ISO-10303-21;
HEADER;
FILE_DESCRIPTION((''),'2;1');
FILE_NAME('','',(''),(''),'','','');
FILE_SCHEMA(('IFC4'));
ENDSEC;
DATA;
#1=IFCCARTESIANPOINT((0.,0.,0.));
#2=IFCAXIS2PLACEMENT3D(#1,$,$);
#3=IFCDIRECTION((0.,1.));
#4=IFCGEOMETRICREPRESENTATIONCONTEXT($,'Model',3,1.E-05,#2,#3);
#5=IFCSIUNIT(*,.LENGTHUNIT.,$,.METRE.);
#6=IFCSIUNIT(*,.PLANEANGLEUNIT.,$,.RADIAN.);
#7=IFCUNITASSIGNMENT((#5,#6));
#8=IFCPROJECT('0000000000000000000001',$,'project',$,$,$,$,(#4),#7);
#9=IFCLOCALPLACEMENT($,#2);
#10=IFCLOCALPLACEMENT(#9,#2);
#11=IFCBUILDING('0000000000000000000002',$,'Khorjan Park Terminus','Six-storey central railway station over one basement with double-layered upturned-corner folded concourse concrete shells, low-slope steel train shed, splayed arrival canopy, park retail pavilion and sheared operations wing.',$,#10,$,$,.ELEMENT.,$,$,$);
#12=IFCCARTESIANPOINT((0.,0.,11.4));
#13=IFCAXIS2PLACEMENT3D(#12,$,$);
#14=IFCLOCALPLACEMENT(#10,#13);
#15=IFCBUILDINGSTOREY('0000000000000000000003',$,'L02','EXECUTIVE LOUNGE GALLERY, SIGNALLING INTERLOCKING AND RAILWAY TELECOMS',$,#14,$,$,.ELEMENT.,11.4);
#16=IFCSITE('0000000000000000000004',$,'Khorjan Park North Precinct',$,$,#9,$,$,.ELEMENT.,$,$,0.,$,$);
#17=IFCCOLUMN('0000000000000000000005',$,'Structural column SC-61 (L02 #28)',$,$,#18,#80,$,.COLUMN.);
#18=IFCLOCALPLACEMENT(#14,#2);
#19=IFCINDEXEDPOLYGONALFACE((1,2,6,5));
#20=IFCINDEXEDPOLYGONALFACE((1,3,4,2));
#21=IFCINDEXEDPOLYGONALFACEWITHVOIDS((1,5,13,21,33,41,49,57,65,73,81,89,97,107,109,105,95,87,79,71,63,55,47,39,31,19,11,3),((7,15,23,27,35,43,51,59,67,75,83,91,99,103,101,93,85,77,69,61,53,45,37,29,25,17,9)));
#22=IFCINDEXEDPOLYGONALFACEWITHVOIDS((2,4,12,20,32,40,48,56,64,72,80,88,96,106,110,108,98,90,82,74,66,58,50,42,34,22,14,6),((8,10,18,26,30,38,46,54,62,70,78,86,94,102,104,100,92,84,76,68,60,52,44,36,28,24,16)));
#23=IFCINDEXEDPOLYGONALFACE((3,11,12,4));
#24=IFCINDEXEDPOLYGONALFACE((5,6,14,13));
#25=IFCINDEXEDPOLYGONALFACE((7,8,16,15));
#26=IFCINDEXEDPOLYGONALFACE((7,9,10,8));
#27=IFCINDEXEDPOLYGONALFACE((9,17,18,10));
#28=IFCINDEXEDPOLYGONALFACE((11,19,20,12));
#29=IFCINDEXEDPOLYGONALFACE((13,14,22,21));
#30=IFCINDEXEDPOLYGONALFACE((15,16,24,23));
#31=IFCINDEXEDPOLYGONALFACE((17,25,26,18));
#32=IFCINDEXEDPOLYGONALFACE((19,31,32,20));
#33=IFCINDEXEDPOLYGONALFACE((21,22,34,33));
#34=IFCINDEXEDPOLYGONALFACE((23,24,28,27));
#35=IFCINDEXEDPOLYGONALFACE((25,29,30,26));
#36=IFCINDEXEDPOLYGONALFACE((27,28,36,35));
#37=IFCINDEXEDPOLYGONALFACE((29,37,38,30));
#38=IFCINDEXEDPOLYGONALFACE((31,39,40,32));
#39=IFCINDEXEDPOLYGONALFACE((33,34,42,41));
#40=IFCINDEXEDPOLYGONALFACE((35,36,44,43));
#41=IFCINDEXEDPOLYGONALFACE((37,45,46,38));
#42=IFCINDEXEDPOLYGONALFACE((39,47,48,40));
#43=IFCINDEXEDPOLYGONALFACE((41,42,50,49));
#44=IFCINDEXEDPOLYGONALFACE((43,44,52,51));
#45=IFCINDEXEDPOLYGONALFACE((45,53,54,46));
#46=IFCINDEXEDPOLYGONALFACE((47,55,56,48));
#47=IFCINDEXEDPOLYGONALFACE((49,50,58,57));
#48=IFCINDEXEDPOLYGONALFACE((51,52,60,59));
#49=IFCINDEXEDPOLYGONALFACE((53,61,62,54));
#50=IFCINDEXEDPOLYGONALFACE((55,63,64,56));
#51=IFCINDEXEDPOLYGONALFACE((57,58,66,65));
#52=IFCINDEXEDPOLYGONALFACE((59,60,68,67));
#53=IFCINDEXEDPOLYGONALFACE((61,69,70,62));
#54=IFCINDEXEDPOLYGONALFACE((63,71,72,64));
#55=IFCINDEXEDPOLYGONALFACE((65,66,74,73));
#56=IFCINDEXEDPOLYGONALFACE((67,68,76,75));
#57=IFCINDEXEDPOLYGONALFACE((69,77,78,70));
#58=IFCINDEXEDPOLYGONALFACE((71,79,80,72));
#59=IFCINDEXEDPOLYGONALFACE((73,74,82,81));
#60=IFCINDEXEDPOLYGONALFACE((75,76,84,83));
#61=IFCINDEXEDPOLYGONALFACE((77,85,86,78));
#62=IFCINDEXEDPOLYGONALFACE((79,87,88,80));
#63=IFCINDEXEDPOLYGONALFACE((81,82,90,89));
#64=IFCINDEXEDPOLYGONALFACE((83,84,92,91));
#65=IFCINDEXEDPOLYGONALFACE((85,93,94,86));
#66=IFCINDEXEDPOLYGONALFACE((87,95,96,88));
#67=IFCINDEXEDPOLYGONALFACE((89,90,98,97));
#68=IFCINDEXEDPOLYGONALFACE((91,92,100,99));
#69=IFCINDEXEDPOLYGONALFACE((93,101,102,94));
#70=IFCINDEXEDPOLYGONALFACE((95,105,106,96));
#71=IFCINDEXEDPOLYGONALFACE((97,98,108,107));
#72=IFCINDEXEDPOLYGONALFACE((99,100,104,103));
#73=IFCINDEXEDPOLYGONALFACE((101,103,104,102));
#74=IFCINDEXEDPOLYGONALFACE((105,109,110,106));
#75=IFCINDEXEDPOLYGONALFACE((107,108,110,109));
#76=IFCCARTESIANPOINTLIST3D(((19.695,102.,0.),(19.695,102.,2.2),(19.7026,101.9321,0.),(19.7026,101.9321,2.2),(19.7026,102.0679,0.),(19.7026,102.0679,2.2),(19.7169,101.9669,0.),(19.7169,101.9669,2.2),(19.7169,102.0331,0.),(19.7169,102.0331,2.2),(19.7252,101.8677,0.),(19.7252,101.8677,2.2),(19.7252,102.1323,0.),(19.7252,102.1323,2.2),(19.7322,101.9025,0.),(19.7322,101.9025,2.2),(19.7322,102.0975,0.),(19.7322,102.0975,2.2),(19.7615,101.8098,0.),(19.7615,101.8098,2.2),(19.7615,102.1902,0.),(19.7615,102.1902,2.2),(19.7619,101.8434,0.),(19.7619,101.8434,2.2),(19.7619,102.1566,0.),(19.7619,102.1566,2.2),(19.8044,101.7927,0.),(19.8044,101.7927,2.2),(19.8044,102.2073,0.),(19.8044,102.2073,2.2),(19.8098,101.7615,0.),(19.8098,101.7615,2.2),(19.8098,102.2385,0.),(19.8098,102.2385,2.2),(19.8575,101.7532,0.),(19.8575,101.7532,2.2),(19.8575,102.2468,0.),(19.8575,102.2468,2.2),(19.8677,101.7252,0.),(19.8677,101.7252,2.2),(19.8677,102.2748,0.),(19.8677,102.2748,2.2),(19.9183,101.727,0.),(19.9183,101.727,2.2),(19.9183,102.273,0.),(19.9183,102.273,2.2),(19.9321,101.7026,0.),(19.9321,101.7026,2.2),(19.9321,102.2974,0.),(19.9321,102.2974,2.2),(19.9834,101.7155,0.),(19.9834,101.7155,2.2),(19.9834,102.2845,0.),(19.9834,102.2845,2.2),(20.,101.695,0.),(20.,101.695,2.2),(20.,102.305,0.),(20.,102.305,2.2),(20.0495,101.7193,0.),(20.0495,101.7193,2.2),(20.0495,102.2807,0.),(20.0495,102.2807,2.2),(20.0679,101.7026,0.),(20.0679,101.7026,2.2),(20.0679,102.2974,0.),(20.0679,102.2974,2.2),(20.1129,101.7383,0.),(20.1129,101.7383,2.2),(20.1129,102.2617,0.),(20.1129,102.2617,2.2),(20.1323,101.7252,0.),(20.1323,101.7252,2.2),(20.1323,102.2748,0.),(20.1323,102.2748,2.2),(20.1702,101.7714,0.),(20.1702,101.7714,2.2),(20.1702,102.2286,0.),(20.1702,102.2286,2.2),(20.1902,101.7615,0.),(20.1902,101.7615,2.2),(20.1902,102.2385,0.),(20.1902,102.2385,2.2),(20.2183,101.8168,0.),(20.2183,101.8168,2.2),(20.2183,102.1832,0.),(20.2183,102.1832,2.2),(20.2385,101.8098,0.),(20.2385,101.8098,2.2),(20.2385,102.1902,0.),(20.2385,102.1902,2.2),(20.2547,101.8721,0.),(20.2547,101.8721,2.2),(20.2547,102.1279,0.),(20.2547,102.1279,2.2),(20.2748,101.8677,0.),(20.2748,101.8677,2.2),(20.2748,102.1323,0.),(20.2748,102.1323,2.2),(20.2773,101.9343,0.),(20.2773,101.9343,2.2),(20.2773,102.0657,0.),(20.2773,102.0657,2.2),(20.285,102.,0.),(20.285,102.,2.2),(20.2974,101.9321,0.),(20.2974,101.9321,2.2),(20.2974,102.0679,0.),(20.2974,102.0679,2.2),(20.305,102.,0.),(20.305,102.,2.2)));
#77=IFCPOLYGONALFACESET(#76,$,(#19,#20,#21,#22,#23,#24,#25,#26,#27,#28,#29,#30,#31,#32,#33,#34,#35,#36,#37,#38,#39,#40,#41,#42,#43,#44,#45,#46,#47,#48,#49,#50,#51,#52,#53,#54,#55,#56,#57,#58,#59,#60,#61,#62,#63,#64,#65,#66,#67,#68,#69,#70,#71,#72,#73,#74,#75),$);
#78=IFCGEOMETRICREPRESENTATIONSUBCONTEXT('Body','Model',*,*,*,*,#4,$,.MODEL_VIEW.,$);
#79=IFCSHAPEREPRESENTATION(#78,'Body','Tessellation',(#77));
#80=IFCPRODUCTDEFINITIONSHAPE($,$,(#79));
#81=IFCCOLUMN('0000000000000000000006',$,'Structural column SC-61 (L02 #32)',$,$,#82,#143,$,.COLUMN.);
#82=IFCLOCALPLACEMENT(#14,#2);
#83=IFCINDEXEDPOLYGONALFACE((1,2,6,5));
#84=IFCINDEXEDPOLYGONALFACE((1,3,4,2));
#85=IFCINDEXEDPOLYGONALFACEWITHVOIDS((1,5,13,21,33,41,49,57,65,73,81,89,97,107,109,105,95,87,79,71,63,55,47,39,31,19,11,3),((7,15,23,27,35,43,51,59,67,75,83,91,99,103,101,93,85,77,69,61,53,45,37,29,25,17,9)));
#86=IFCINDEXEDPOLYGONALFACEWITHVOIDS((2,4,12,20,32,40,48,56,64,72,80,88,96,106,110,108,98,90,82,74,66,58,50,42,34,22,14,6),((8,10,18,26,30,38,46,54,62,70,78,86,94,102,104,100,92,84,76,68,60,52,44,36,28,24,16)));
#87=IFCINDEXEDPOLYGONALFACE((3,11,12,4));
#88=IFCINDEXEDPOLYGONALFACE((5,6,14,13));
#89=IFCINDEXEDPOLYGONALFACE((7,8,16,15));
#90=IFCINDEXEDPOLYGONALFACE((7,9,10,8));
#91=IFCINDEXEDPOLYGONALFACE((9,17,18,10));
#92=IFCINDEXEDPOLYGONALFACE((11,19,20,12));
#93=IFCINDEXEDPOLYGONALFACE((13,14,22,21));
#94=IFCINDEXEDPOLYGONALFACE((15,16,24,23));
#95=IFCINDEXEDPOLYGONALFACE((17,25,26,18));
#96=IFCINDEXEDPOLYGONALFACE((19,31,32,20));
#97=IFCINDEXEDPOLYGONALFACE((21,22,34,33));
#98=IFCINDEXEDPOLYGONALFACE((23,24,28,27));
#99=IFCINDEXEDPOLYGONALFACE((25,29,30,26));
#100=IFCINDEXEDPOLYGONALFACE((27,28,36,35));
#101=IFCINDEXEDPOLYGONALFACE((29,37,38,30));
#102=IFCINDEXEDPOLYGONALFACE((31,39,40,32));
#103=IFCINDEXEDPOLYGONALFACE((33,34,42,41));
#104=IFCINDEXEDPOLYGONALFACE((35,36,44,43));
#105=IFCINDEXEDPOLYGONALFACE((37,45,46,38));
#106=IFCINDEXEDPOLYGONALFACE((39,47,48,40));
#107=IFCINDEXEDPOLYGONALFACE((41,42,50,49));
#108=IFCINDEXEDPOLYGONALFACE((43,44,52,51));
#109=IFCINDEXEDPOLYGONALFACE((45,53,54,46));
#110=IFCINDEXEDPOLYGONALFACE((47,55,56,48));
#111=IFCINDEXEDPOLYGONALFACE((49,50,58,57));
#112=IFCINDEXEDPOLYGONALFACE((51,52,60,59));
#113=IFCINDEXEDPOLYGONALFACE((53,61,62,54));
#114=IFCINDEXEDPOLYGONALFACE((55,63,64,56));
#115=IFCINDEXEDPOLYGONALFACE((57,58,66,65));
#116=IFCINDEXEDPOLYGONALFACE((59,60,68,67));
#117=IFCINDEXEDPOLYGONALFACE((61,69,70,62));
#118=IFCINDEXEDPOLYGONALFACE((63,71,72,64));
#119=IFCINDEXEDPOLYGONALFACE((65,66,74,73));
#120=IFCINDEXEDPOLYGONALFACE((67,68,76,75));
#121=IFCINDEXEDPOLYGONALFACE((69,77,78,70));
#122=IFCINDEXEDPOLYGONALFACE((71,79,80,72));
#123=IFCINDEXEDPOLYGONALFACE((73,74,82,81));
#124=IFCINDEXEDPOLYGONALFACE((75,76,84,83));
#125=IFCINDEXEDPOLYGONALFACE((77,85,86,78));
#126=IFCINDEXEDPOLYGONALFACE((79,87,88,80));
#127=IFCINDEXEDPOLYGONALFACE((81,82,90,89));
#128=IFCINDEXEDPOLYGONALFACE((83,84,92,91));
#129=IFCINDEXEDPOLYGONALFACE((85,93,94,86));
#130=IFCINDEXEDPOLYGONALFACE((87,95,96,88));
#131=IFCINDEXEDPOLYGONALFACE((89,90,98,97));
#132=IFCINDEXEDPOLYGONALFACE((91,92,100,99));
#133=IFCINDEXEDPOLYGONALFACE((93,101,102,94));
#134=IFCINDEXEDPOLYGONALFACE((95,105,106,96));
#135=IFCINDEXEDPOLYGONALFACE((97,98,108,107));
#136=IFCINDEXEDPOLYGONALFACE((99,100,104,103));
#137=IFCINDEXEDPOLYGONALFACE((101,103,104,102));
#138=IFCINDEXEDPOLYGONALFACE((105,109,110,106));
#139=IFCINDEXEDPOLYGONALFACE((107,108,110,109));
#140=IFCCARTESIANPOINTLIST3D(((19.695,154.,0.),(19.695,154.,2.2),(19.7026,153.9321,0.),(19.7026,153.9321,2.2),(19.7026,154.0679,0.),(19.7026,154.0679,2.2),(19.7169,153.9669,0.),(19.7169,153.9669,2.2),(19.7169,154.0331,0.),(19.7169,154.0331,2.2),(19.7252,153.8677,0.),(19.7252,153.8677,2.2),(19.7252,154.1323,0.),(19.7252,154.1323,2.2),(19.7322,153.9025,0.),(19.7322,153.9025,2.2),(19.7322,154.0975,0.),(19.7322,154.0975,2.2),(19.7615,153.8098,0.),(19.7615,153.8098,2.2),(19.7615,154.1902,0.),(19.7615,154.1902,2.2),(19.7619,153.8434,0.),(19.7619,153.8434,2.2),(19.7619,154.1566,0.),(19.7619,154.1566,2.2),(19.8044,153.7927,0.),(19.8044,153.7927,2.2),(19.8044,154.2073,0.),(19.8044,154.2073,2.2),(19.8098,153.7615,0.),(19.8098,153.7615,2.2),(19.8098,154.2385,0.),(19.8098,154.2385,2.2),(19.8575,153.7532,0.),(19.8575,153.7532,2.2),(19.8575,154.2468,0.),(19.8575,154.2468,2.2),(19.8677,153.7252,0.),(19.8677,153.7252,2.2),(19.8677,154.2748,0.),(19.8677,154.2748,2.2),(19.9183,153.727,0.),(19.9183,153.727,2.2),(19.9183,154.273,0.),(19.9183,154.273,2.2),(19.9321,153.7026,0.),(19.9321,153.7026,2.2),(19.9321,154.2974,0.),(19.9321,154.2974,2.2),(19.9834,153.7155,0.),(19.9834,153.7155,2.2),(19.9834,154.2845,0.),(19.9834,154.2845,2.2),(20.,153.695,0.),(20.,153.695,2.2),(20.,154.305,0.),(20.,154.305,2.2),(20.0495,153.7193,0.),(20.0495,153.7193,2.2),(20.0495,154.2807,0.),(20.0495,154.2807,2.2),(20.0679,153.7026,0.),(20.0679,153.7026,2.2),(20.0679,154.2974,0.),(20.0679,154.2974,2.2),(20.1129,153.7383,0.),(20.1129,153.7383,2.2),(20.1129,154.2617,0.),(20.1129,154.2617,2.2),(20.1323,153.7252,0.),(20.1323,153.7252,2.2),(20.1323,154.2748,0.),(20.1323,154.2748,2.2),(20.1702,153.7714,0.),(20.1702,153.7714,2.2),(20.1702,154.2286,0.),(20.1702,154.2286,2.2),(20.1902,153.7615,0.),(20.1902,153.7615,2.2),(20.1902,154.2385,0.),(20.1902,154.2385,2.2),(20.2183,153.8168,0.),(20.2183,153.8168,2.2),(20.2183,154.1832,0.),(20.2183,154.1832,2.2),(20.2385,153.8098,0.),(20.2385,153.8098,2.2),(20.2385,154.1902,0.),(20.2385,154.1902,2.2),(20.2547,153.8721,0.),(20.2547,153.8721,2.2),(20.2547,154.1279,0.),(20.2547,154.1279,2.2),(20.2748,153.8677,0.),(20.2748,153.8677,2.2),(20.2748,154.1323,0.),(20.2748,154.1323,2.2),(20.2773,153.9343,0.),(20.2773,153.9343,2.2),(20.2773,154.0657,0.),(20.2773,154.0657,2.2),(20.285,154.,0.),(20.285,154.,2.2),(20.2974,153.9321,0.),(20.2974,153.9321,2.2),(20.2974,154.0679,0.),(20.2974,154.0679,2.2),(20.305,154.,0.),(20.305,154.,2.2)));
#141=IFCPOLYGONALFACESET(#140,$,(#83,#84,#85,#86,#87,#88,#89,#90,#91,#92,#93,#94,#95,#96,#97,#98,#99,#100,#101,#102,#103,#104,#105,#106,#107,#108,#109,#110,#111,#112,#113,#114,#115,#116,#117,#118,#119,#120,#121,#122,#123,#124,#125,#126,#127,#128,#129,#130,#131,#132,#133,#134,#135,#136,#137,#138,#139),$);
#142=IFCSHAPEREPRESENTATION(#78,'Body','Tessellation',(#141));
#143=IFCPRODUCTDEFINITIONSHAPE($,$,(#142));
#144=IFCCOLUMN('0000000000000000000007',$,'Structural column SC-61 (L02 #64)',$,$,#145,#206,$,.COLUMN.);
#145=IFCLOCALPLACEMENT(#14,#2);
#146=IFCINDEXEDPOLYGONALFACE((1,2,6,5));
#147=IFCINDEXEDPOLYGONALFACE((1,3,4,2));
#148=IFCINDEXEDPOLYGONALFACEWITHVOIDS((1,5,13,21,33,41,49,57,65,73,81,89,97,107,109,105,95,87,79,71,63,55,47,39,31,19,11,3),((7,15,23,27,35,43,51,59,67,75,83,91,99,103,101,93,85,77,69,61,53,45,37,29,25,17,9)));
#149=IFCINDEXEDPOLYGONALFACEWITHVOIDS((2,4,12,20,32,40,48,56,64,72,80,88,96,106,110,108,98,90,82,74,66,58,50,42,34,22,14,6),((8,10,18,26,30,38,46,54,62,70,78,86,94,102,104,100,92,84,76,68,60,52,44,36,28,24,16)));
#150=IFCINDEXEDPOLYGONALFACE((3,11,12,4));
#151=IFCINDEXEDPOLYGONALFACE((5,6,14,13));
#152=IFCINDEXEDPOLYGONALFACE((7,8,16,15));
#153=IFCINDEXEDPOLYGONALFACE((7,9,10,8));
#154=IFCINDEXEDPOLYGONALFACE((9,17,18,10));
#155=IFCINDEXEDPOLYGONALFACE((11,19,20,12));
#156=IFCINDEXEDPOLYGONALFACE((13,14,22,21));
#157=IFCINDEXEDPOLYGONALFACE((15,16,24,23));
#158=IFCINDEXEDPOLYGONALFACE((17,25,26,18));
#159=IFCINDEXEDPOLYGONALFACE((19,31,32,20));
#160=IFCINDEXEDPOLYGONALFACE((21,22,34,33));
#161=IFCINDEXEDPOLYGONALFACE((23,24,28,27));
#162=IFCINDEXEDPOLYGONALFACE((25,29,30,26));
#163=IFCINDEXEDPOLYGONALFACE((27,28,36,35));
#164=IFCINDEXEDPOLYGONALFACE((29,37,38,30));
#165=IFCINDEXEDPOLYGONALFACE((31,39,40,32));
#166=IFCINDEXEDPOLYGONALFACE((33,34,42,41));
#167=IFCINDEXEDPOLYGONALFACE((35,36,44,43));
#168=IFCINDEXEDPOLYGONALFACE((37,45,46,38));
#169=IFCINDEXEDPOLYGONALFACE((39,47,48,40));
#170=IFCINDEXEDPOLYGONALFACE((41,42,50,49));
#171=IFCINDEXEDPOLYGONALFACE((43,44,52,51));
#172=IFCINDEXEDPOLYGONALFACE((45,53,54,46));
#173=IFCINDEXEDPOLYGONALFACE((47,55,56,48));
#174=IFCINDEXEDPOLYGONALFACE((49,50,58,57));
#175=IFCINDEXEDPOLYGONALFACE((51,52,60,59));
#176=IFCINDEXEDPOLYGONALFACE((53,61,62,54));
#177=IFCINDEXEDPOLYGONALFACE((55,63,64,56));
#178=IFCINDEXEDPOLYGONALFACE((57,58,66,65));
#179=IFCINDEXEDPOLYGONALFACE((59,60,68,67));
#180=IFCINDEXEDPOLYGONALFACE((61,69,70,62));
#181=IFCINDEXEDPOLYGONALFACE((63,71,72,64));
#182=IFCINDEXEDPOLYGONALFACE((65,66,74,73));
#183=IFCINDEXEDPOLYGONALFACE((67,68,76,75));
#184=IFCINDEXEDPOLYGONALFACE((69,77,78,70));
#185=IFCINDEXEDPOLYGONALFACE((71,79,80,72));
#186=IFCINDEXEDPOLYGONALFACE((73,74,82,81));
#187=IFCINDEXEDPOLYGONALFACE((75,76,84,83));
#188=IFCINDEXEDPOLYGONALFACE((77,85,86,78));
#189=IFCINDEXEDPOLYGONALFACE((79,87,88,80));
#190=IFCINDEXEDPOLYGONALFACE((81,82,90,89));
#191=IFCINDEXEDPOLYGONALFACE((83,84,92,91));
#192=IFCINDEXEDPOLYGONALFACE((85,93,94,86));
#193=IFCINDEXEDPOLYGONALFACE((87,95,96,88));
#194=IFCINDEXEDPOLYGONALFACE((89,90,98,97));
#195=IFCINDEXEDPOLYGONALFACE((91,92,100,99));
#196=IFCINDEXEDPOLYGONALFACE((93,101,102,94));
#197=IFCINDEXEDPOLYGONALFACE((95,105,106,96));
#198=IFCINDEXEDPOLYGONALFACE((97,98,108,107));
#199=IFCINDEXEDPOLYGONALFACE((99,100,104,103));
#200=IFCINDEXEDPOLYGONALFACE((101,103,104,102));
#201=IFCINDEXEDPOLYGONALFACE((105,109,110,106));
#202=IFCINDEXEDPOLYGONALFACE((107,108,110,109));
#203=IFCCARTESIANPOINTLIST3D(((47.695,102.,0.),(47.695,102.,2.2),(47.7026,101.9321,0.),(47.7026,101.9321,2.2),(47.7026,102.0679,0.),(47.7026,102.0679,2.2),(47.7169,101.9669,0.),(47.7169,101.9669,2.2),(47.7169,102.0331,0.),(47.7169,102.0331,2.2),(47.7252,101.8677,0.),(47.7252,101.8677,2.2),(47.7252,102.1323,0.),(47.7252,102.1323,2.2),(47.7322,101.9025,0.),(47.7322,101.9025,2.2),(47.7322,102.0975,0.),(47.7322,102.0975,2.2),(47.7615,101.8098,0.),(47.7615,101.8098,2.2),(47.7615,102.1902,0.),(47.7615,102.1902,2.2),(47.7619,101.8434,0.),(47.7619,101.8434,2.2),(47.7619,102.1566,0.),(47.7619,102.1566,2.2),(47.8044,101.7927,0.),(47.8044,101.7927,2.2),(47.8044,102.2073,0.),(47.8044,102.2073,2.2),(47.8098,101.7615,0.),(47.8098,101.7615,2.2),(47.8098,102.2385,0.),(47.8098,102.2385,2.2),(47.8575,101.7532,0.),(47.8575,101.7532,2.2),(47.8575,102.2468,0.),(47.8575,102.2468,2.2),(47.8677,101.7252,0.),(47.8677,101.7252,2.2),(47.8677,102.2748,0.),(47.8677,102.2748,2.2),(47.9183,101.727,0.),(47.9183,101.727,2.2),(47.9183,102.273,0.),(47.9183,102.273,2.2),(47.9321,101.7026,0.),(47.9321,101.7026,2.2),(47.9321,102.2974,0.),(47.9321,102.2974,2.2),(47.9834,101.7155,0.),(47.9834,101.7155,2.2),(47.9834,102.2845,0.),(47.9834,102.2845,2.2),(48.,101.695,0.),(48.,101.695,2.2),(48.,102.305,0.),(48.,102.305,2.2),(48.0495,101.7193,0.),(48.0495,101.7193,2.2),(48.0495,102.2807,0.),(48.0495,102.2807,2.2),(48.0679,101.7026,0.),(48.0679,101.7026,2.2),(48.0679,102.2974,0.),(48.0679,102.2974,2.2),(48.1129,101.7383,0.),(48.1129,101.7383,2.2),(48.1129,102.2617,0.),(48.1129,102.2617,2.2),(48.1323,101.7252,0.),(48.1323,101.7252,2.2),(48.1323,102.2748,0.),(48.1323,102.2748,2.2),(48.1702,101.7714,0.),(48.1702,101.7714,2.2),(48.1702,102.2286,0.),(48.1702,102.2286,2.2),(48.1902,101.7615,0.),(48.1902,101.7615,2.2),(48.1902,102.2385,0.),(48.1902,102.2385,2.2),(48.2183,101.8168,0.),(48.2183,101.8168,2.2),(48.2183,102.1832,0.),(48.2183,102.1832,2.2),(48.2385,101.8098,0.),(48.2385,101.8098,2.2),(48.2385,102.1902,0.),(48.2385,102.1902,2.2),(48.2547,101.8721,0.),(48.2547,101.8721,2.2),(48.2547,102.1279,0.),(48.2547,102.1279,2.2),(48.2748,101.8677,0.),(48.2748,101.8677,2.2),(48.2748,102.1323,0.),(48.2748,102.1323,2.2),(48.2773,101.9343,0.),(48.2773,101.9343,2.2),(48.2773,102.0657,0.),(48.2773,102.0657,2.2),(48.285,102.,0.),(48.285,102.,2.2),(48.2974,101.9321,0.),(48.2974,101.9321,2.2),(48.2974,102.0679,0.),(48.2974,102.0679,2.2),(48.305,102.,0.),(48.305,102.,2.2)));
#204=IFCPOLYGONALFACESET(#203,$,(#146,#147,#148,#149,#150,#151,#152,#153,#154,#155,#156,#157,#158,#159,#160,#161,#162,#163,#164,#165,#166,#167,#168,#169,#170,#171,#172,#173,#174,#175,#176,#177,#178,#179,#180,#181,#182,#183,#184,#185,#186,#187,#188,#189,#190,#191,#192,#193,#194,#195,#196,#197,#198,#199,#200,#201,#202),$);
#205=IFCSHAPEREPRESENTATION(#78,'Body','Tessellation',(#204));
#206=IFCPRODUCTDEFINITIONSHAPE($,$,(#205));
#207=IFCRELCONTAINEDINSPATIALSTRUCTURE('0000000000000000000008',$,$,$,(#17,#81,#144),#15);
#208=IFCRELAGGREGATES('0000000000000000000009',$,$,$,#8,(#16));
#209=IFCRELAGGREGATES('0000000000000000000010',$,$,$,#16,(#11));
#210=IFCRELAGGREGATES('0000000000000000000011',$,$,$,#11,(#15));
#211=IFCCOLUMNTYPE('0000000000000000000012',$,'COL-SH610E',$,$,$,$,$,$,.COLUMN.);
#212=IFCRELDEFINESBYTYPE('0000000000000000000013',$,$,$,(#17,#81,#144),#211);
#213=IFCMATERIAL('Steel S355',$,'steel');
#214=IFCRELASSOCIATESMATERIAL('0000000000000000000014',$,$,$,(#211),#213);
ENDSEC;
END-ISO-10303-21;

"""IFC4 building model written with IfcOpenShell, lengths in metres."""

from ifc_helpers import new_model, si_unit, direction, frame, origin, origin_2d, place, context, subcontext, project, spatial, hollow_circle, extrude, material, material_profile, profile_set, type_object, element, save


model = new_model("IFC4")

# Units and contexts
model_context = context("Model", 3, precision=1e-05, world=origin(), true_north=direction((0.0, 1.0)))
body_context = subcontext(model_context, "Body", "Model", "MODEL_VIEW")
ifc_project = project(units=[si_unit("LENGTHUNIT", "METRE"), si_unit("PLANEANGLEUNIT", "RADIAN")], contexts=[model_context])

# Site, building, storey
site_placement = place(None, origin())
site = spatial("IfcSite", under=ifc_project, at=site_placement, Name="Khorjan Park North Precinct", CompositionType="ELEMENT", RefElevation=0.0)
building_placement = place(site_placement, origin())
building = spatial("IfcBuilding", under=site, at=building_placement, Name="Khorjan Park Terminus", Description="Six-storey central railway station over one basement with double-layered upturned-corner folded concourse concrete shells, low-slope steel train shed, splayed arrival canopy, park retail pavilion and sheared operations wing.", CompositionType="ELEMENT")
storey_placement = place(building_placement, frame((0.0, 0.0, 11.4)))
storey = spatial("IfcBuildingStorey", under=building, at=storey_placement, Name="L02", Description="EXECUTIVE LOUNGE GALLERY, SIGNALLING INTERLOCKING AND RAILWAY TELECOMS", CompositionType="ELEMENT", Elevation=11.4)

# Columns
ifc_material = material(Name="Steel S355", Category="steel")
ifc_material_profile_1 = material_profile(ifc_material, hollow_circle(Radius=0.305, WallThickness=0.02, at=origin_2d()), Name="CHS 610x20")
ifc_profile_set_1 = profile_set([ifc_material_profile_1], Name="Steel S355")
column_type_1 = type_object("IfcColumnType", Name="COL-SH610E", PredefinedType="COLUMN", material=ifc_profile_set_1)
for number, where, z_axis, x_axis, name in (
    (1, (20.0, 102.0, 0.0), (0.0, 0.0, 1.0), (1.0, 0.0, 0.0), "Structural column SC-61 (L02 #28)"),
    (2, (20.0, 154.0, 0.0), (0.0, 0.0, 1.0), (1.0, 0.0, 0.0), "Structural column SC-61 (L02 #32)"),
    (3, (48.0, 102.0, 0.0), (0.0, 0.0, 1.0), (1.0, 0.0, 0.0), "Structural column SC-61 (L02 #64)"),
):
    element("IfcColumn", number, at=place(storey_placement, frame(where, z_axis=z_axis, x_axis=x_axis)), inside=storey, type_object=column_type_1, Name=name, PredefinedType="COLUMN", context=body_context, shape_type="SweptSolid", body=[
        extrude(hollow_circle(Radius=0.305, WallThickness=0.02, at=origin_2d()), origin(), (0.0, 0.0, 1.0), 2.2),
    ])

save(model, "model.ifc")
